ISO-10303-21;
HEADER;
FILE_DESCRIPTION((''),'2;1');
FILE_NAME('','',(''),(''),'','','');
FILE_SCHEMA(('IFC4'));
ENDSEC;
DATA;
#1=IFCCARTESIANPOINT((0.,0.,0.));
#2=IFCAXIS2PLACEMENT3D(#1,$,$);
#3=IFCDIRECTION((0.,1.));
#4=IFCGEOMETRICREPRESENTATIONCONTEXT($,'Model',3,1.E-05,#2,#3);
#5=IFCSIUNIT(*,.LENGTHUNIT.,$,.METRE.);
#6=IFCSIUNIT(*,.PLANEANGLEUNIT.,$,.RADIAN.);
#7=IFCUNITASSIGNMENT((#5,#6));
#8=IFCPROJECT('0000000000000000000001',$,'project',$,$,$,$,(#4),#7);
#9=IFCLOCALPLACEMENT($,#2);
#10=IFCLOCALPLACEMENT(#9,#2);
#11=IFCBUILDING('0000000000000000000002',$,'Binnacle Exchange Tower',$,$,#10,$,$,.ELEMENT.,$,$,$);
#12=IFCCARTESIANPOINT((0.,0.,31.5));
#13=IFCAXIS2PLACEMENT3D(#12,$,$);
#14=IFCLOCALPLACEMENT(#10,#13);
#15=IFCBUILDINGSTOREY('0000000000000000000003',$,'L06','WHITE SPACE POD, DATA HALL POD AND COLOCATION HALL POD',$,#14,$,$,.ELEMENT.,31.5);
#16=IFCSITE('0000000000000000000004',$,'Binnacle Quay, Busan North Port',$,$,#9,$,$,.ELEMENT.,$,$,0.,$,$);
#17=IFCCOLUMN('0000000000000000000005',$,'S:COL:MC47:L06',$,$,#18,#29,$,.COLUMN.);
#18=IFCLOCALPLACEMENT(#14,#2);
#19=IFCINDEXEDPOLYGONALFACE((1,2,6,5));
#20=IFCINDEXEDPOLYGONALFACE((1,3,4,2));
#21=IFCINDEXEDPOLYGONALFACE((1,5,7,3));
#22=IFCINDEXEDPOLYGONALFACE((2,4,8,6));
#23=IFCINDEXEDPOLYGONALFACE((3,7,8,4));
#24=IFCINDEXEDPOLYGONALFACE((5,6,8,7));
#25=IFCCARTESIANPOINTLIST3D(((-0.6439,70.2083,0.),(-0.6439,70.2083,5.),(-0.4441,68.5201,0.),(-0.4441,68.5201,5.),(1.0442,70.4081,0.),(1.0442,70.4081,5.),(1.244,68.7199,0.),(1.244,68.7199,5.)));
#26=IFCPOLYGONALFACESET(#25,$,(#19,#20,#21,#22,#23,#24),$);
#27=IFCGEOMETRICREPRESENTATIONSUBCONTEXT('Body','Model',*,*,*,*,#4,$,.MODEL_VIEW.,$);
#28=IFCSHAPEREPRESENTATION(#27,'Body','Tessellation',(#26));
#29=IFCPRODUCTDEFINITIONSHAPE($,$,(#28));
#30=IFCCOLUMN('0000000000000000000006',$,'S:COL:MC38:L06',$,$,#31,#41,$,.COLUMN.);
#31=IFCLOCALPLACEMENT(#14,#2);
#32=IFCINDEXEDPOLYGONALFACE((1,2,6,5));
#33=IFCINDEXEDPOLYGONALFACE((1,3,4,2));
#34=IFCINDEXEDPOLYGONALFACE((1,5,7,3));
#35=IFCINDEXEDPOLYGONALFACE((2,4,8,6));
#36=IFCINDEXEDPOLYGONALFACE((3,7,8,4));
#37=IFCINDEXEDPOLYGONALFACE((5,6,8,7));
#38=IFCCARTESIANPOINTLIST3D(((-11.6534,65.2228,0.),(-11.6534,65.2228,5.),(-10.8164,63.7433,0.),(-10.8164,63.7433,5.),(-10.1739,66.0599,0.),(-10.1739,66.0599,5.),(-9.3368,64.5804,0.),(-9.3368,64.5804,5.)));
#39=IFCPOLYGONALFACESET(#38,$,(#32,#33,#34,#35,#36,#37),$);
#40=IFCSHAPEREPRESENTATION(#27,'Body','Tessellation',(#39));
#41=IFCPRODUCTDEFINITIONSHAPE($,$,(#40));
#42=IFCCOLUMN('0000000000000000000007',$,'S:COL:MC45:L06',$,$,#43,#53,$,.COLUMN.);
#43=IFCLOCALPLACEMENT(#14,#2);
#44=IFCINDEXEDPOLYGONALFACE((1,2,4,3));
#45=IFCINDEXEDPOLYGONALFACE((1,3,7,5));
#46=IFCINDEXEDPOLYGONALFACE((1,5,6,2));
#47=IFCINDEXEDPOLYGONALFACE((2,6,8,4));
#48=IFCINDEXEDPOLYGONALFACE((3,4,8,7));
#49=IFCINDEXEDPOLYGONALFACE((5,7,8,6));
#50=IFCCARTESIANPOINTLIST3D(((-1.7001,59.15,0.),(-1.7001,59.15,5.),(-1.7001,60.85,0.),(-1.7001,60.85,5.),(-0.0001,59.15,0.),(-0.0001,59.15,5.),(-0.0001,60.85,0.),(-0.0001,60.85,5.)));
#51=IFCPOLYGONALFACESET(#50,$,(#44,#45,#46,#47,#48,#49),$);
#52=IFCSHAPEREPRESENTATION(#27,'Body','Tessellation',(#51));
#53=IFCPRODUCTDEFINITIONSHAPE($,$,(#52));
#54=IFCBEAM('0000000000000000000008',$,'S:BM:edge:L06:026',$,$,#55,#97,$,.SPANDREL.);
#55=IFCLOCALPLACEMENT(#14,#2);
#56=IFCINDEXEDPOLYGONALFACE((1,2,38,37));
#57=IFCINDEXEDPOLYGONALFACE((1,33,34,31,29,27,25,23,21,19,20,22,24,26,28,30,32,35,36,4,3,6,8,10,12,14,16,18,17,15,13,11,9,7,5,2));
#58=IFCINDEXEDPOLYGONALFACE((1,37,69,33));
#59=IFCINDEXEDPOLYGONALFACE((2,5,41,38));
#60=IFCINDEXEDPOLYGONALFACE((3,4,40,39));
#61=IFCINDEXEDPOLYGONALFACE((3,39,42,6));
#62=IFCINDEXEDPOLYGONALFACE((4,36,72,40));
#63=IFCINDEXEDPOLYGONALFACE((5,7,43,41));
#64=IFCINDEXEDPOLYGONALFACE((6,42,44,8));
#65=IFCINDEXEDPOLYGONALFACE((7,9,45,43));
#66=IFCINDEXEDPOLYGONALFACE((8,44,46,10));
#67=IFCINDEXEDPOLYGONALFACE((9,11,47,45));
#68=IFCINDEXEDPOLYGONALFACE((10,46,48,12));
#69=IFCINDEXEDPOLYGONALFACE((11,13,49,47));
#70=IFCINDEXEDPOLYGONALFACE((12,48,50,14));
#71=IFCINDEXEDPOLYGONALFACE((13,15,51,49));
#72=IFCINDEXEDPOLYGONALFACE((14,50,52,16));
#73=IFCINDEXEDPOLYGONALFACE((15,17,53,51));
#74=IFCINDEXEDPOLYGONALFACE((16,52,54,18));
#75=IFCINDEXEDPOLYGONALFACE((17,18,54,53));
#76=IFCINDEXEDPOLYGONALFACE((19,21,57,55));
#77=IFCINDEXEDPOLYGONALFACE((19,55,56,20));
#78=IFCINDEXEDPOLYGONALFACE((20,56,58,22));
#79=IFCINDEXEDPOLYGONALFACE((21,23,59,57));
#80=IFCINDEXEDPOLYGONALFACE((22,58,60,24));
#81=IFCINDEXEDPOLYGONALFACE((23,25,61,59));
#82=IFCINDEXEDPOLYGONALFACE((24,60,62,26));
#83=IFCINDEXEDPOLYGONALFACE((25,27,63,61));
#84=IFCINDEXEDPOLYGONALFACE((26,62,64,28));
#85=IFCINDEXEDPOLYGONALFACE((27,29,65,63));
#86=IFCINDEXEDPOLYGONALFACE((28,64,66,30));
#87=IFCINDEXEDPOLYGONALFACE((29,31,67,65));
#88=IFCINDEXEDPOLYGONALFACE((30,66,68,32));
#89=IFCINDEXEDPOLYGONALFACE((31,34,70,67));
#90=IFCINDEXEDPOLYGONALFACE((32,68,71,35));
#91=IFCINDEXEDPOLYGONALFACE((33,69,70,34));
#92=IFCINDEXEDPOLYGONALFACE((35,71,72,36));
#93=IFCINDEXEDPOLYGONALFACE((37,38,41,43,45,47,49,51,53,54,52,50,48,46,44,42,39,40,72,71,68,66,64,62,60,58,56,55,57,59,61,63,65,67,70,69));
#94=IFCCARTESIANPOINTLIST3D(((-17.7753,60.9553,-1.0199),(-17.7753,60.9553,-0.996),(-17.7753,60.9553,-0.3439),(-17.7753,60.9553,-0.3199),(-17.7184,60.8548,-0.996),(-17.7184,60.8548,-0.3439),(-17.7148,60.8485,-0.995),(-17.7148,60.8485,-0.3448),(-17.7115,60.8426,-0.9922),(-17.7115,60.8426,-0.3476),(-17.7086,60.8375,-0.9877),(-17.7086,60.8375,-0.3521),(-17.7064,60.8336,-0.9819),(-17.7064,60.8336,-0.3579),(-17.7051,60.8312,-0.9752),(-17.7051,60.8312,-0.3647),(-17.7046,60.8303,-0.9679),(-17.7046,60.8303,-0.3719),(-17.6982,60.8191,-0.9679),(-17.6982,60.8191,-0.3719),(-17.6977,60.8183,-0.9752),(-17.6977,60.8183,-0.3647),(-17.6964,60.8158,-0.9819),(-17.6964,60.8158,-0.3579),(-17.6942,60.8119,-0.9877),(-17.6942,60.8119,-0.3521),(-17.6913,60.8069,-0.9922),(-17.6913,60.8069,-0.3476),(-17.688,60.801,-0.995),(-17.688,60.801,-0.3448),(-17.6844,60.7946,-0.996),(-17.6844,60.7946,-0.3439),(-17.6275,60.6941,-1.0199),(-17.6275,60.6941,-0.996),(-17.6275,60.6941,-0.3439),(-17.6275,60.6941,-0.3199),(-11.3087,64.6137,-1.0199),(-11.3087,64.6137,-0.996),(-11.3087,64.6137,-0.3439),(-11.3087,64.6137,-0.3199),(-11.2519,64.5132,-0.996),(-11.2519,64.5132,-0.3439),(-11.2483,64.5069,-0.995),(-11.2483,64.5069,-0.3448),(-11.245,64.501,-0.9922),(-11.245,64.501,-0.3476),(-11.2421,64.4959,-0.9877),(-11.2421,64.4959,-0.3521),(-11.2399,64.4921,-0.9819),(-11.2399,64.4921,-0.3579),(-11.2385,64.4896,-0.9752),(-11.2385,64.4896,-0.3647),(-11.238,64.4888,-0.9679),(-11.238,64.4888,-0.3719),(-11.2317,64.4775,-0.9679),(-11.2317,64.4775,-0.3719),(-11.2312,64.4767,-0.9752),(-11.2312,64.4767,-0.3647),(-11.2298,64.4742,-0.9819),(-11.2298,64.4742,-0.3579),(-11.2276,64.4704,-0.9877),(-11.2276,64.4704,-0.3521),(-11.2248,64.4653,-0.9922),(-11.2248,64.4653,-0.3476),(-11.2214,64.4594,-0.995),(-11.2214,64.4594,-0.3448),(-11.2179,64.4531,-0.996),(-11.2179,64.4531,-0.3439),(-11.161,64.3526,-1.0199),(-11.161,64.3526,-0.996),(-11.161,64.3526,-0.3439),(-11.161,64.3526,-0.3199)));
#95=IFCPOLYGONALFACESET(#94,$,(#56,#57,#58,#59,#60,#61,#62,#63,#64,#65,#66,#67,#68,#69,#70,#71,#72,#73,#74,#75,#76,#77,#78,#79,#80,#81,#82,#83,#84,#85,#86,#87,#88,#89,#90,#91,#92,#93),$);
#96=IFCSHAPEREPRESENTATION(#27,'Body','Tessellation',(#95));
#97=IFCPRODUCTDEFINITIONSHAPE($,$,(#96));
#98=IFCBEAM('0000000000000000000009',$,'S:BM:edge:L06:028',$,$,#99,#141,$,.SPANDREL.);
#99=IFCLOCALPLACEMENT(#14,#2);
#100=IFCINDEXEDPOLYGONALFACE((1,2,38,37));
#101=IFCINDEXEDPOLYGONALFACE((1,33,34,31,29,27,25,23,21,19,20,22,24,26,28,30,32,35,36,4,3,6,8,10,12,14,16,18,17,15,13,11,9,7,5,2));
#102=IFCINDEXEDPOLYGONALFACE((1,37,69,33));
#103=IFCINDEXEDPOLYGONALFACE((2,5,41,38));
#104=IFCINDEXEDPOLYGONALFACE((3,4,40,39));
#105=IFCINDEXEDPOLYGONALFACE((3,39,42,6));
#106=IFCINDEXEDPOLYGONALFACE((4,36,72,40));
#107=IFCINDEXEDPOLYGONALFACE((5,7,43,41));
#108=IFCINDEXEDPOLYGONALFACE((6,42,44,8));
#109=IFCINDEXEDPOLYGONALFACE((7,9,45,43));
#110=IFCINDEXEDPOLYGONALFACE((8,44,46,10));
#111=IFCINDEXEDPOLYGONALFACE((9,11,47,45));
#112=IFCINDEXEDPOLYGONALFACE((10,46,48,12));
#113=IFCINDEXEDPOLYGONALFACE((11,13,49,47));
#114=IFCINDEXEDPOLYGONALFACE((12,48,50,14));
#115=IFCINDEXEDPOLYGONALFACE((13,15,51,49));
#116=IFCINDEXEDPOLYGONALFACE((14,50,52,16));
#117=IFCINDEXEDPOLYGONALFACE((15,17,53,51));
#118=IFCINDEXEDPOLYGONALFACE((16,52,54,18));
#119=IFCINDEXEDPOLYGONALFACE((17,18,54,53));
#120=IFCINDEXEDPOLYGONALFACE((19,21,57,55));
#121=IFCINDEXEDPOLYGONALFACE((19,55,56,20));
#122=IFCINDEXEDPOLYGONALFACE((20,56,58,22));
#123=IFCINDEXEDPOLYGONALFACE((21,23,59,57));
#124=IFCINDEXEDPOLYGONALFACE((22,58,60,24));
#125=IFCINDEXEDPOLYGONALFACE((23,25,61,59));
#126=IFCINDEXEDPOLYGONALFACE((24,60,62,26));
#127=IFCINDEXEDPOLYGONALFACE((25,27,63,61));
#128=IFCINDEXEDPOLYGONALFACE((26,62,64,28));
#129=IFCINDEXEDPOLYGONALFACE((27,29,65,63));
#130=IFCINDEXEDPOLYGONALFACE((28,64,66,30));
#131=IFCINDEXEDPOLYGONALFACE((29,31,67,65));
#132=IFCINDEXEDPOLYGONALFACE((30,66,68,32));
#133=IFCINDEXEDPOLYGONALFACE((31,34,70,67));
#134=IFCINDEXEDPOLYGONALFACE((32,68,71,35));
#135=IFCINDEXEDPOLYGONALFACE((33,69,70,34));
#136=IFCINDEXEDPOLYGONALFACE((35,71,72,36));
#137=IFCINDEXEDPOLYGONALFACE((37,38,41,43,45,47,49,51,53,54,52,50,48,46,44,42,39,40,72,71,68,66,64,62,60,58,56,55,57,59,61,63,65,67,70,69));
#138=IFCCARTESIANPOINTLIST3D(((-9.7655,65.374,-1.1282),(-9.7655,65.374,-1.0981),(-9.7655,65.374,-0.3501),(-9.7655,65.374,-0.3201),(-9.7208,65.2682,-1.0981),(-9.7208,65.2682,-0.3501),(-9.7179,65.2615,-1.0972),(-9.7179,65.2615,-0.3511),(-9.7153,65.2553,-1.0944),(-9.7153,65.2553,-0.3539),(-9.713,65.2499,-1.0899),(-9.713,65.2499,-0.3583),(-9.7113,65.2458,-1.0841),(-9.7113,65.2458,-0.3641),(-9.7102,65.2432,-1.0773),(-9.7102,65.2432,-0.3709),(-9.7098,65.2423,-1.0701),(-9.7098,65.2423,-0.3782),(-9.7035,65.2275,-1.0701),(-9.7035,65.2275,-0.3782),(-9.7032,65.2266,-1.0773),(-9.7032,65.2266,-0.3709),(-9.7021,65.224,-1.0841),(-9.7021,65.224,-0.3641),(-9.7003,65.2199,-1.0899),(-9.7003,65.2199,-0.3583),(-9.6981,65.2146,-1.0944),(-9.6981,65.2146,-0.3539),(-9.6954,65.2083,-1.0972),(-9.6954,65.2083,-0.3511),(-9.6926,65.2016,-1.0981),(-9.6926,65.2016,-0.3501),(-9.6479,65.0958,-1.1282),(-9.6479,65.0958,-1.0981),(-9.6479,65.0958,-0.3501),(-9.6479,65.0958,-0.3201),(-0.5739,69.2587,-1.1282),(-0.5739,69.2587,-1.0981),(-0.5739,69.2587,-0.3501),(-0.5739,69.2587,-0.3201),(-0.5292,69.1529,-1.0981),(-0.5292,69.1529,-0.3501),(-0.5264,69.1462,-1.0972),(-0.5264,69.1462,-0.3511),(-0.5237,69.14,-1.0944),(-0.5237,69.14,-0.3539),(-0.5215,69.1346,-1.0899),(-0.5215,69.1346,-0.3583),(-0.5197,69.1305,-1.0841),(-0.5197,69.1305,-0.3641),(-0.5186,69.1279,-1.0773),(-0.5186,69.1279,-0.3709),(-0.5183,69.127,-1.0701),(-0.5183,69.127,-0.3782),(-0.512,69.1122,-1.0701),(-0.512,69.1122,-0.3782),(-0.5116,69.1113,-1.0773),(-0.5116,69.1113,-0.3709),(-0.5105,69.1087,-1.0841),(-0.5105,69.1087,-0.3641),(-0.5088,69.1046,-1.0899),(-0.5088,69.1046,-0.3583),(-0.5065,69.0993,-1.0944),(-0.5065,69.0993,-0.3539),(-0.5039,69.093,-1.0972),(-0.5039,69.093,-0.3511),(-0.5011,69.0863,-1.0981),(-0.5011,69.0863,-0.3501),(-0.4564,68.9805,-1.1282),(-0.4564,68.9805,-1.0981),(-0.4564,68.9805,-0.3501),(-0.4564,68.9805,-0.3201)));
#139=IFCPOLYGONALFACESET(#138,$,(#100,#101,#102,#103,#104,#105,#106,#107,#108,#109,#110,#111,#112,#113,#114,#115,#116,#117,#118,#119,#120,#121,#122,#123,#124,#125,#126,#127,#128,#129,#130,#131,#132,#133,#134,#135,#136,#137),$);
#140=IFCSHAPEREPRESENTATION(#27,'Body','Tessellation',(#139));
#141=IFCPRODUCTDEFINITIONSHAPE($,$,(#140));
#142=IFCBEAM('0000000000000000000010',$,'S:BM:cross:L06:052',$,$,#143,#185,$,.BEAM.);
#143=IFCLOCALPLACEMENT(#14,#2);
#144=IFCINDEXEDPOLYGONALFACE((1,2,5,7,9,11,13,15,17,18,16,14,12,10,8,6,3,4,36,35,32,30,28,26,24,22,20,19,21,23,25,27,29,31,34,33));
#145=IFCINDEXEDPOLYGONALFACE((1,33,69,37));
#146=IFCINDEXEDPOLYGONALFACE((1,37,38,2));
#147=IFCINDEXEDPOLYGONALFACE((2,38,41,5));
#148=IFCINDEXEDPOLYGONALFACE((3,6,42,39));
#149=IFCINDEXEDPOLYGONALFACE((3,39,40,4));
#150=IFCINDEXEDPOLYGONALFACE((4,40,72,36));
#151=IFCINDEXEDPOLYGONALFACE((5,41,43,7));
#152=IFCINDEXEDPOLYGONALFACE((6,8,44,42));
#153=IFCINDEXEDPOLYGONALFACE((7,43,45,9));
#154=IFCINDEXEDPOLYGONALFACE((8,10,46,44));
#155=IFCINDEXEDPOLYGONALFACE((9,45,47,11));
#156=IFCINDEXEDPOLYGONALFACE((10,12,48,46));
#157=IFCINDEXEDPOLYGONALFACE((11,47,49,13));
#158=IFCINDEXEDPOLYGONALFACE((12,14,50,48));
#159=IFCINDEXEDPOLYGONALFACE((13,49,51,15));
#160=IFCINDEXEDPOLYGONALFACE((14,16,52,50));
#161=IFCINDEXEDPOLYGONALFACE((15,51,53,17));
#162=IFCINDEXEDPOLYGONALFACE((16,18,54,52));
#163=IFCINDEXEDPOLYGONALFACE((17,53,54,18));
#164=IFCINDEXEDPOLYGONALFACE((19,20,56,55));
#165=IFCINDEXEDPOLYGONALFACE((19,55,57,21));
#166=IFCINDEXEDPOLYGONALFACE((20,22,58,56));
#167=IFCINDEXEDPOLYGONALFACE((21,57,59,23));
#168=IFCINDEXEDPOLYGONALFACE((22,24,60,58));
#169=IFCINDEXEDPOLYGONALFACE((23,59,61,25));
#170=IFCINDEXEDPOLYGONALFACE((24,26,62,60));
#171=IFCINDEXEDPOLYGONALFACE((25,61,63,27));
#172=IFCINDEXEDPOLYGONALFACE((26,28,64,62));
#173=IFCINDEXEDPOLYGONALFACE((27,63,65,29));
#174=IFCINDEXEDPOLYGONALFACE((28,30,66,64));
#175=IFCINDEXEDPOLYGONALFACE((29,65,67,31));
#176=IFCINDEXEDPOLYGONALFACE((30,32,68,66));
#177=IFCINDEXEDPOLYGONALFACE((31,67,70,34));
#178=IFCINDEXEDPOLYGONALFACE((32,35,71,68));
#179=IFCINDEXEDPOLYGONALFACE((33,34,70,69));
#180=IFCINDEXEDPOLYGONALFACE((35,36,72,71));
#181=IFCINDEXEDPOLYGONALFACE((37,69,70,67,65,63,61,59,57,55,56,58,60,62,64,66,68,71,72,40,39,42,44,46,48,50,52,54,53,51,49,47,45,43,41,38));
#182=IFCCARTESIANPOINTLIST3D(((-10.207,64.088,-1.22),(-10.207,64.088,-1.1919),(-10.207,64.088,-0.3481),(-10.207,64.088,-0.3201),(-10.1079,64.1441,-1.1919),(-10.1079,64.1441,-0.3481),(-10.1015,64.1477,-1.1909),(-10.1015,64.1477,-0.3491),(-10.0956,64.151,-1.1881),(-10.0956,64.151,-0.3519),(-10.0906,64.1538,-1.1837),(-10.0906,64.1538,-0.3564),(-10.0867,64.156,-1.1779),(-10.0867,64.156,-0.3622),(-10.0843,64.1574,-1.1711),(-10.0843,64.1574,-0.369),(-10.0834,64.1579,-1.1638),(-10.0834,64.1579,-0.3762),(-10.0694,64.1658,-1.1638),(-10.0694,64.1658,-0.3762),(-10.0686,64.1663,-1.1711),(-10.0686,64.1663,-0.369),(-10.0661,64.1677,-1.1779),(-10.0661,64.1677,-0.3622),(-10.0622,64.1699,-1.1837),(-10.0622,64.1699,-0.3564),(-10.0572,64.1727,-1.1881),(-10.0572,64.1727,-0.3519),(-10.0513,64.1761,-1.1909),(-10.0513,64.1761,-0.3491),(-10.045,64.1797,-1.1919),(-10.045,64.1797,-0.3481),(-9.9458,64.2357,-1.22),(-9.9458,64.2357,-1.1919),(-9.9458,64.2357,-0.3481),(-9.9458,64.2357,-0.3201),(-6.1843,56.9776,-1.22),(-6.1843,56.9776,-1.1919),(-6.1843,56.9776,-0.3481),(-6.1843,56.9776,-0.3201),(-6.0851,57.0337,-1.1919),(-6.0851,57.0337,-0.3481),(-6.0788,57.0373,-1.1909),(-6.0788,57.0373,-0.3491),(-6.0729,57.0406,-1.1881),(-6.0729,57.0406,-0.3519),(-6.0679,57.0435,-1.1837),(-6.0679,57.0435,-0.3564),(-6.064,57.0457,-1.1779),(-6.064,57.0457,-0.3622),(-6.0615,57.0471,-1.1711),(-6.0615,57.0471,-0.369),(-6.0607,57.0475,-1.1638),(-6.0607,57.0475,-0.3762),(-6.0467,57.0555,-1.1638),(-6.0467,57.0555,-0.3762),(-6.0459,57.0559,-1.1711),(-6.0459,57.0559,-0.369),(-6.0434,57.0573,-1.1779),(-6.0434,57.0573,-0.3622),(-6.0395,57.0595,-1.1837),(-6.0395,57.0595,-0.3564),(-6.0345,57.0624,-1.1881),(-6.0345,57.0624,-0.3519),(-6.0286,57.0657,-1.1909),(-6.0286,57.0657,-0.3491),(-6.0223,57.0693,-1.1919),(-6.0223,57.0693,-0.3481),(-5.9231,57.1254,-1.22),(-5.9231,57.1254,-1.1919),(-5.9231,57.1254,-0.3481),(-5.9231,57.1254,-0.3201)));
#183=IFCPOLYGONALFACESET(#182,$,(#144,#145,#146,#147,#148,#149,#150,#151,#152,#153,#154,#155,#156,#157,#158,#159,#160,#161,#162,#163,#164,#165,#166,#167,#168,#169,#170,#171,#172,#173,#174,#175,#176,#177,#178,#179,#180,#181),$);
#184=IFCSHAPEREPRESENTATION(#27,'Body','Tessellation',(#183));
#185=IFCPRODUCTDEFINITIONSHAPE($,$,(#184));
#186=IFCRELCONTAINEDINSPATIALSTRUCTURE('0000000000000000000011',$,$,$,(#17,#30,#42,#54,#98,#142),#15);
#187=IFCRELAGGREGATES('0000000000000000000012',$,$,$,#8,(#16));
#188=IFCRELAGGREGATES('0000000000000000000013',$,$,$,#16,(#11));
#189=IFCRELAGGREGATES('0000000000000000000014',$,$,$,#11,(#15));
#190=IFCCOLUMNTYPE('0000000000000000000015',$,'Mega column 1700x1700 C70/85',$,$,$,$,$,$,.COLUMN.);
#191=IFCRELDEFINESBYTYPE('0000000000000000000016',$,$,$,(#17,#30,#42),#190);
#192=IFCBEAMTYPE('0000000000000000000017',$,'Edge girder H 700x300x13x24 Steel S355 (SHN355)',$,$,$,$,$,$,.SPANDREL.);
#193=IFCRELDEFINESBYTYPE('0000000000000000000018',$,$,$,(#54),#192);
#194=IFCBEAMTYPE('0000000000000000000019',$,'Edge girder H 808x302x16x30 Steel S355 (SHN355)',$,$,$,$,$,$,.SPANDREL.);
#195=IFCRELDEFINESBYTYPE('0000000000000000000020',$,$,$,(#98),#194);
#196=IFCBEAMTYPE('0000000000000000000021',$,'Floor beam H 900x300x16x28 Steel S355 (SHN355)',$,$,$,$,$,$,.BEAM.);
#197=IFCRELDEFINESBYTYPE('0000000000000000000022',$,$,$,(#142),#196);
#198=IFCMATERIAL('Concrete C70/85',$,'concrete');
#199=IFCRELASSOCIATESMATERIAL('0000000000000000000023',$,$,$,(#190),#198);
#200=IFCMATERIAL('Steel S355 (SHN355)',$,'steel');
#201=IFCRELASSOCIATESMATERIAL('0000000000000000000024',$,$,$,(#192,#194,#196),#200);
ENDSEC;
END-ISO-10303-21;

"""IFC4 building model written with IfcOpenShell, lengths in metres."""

from ifc_helpers import new_model, si_unit, direction, frame, origin, origin_2d, place, context, subcontext, project, spatial, rectangle, i_section, extrude, material, material_profile, profile_set, type_object, element, save


model = new_model("IFC4")

# Units and contexts
model_context = context("Model", 3, precision=1e-05, world=origin(), true_north=direction((0.0, 1.0)))
body_context = subcontext(model_context, "Body", "Model", "MODEL_VIEW")
ifc_project = project(units=[si_unit("LENGTHUNIT", "METRE"), si_unit("PLANEANGLEUNIT", "RADIAN")], contexts=[model_context])

# Site, building, storey
site_placement = place(None, origin())
site = spatial("IfcSite", under=ifc_project, at=site_placement, Name="Binnacle Quay, Busan North Port", CompositionType="ELEMENT", RefElevation=0.0)
building_placement = place(site_placement, origin())
building = spatial("IfcBuilding", under=site, at=building_placement, Name="Binnacle Exchange Tower", CompositionType="ELEMENT")
storey_placement = place(building_placement, frame((0.0, 0.0, 31.5)))
storey = spatial("IfcBuildingStorey", under=building, at=storey_placement, Name="L06", Description="WHITE SPACE POD, DATA HALL POD AND COLOCATION HALL POD", CompositionType="ELEMENT", Elevation=31.5)

# Columns
ifc_material_1 = material(Name="Concrete C70/85", Category="concrete")
ifc_material_profile_1 = material_profile(ifc_material_1, rectangle(XDim=1.7, YDim=1.7, at=origin_2d()), Name="Mega column 1700x1700 C70/85")
ifc_profile_set_1 = profile_set([ifc_material_profile_1], Name="Concrete C70/85")
column_type = type_object("IfcColumnType", Name="Mega column 1700x1700 C70/85", PredefinedType="COLUMN", material=ifc_profile_set_1)
for number, where, z_axis, x_axis, name in (
    (1, (0.3, 69.4641, 0.0), (0.0, 0.0, 1.0), (-0.993068, -0.117537, 0.0), "S:COL:MC47:L06"),
    (2, (-10.4951, 64.9016, 0.0), (0.0, 0.0, 1.0), (-0.870356, -0.492424, 0.0), "S:COL:MC38:L06"),
    (3, (-0.8501, 60.0, 0.0), (0.0, 0.0, 1.0), (0.0, 1.0, 0.0), "S:COL:MC45:L06"),
):
    element("IfcColumn", number, at=place(storey_placement, frame(where, z_axis=z_axis, x_axis=x_axis)), inside=storey, type_object=column_type, Name=name, PredefinedType="COLUMN", context=body_context, shape_type="SweptSolid", body=[
        extrude(rectangle(XDim=1.7, YDim=1.7, at=origin_2d()), origin(), (0.0, 0.0, 1.0), 5.0),
    ])

# Beams
ifc_material_2 = material(Name="Steel S355 (SHN355)", Category="steel")
ifc_material_profile_2 = material_profile(ifc_material_2, i_section(OverallWidth=0.3, OverallDepth=0.7, WebThickness=0.0129, FlangeThickness=0.0239, FilletRadius=0.0281, at=origin_2d()), Name="H 700x300x13x24")
ifc_profile_set_2 = profile_set([ifc_material_profile_2], Name="Steel S355 (SHN355)")
beam_type_1 = type_object("IfcBeamType", Name="Edge girder H 700x300x13x24 Steel S355 (SHN355)", PredefinedType="SPANDREL", material=ifc_profile_set_2)
beam_1_placement = place(storey_placement, frame((-11.2349, 64.4832, -0.6699), z_axis=(-0.870364, -0.492408, 0.0), x_axis=(0.492408, -0.870364, 0.0)))
element("IfcBeam", 4, at=beam_1_placement, inside=storey, type_object=beam_type_1, Name="S:BM:edge:L06:026", PredefinedType="SPANDREL", context=body_context, shape_type="SweptSolid", body=[
    extrude(i_section(OverallWidth=0.3, OverallDepth=0.7, WebThickness=0.0129, FlangeThickness=0.0239, FilletRadius=0.0281, at=origin_2d()), origin(), (0.0, 0.0, 1.0), 7.4297),
])
ifc_material_profile_3 = material_profile(ifc_material_2, i_section(OverallWidth=0.302, OverallDepth=0.8081, WebThickness=0.0161, FlangeThickness=0.03, FilletRadius=0.0281, at=origin_2d()), Name="H 808x302x16x30")
ifc_profile_set_3 = profile_set([ifc_material_profile_3], Name="Steel S355 (SHN355)")
beam_type_2 = type_object("IfcBeamType", Name="Edge girder H 808x302x16x30 Steel S355 (SHN355)", PredefinedType="SPANDREL", material=ifc_profile_set_3)
beam_2_placement = place(storey_placement, frame((-0.5151, 69.1196, -0.7241), z_axis=(-0.921111, -0.389299, 0.0), x_axis=(0.389299, -0.921111, 0.0)))
element("IfcBeam", 5, at=beam_2_placement, inside=storey, type_object=beam_type_2, Name="S:BM:edge:L06:028", PredefinedType="SPANDREL", context=body_context, shape_type="SweptSolid", body=[
    extrude(i_section(OverallWidth=0.302, OverallDepth=0.8081, WebThickness=0.0161, FlangeThickness=0.03, FilletRadius=0.0281, at=origin_2d()), origin(), (0.0, 0.0, 1.0), 9.9788),
])
ifc_material_profile_4 = material_profile(ifc_material_2, i_section(OverallWidth=0.3, OverallDepth=0.8999, WebThickness=0.0161, FlangeThickness=0.0281, FilletRadius=0.0281, at=origin_2d()), Name="H 900x300x16x28")
ifc_profile_set_4 = profile_set([ifc_material_profile_4], Name="Steel S355 (SHN355)")
beam_type_3 = type_object("IfcBeamType", Name="Floor beam H 900x300x16x28 Steel S355 (SHN355)", PredefinedType="BEAM", material=ifc_profile_set_4)
beam_3_placement = place(storey_placement, frame((-10.0764, 64.1619, -0.77), z_axis=(0.492411, -0.870363, 0.0), x_axis=(0.870363, 0.492411, 0.0)))
element("IfcBeam", 6, at=beam_3_placement, inside=storey, type_object=beam_type_3, Name="S:BM:cross:L06:052", PredefinedType="BEAM", context=body_context, shape_type="SweptSolid", body=[
    extrude(i_section(OverallWidth=0.3, OverallDepth=0.8999, WebThickness=0.0161, FlangeThickness=0.0281, FilletRadius=0.0281, at=origin_2d()), origin(), (0.0, 0.0, 1.0), 8.1694),
])

save(model, "model.ifc")
